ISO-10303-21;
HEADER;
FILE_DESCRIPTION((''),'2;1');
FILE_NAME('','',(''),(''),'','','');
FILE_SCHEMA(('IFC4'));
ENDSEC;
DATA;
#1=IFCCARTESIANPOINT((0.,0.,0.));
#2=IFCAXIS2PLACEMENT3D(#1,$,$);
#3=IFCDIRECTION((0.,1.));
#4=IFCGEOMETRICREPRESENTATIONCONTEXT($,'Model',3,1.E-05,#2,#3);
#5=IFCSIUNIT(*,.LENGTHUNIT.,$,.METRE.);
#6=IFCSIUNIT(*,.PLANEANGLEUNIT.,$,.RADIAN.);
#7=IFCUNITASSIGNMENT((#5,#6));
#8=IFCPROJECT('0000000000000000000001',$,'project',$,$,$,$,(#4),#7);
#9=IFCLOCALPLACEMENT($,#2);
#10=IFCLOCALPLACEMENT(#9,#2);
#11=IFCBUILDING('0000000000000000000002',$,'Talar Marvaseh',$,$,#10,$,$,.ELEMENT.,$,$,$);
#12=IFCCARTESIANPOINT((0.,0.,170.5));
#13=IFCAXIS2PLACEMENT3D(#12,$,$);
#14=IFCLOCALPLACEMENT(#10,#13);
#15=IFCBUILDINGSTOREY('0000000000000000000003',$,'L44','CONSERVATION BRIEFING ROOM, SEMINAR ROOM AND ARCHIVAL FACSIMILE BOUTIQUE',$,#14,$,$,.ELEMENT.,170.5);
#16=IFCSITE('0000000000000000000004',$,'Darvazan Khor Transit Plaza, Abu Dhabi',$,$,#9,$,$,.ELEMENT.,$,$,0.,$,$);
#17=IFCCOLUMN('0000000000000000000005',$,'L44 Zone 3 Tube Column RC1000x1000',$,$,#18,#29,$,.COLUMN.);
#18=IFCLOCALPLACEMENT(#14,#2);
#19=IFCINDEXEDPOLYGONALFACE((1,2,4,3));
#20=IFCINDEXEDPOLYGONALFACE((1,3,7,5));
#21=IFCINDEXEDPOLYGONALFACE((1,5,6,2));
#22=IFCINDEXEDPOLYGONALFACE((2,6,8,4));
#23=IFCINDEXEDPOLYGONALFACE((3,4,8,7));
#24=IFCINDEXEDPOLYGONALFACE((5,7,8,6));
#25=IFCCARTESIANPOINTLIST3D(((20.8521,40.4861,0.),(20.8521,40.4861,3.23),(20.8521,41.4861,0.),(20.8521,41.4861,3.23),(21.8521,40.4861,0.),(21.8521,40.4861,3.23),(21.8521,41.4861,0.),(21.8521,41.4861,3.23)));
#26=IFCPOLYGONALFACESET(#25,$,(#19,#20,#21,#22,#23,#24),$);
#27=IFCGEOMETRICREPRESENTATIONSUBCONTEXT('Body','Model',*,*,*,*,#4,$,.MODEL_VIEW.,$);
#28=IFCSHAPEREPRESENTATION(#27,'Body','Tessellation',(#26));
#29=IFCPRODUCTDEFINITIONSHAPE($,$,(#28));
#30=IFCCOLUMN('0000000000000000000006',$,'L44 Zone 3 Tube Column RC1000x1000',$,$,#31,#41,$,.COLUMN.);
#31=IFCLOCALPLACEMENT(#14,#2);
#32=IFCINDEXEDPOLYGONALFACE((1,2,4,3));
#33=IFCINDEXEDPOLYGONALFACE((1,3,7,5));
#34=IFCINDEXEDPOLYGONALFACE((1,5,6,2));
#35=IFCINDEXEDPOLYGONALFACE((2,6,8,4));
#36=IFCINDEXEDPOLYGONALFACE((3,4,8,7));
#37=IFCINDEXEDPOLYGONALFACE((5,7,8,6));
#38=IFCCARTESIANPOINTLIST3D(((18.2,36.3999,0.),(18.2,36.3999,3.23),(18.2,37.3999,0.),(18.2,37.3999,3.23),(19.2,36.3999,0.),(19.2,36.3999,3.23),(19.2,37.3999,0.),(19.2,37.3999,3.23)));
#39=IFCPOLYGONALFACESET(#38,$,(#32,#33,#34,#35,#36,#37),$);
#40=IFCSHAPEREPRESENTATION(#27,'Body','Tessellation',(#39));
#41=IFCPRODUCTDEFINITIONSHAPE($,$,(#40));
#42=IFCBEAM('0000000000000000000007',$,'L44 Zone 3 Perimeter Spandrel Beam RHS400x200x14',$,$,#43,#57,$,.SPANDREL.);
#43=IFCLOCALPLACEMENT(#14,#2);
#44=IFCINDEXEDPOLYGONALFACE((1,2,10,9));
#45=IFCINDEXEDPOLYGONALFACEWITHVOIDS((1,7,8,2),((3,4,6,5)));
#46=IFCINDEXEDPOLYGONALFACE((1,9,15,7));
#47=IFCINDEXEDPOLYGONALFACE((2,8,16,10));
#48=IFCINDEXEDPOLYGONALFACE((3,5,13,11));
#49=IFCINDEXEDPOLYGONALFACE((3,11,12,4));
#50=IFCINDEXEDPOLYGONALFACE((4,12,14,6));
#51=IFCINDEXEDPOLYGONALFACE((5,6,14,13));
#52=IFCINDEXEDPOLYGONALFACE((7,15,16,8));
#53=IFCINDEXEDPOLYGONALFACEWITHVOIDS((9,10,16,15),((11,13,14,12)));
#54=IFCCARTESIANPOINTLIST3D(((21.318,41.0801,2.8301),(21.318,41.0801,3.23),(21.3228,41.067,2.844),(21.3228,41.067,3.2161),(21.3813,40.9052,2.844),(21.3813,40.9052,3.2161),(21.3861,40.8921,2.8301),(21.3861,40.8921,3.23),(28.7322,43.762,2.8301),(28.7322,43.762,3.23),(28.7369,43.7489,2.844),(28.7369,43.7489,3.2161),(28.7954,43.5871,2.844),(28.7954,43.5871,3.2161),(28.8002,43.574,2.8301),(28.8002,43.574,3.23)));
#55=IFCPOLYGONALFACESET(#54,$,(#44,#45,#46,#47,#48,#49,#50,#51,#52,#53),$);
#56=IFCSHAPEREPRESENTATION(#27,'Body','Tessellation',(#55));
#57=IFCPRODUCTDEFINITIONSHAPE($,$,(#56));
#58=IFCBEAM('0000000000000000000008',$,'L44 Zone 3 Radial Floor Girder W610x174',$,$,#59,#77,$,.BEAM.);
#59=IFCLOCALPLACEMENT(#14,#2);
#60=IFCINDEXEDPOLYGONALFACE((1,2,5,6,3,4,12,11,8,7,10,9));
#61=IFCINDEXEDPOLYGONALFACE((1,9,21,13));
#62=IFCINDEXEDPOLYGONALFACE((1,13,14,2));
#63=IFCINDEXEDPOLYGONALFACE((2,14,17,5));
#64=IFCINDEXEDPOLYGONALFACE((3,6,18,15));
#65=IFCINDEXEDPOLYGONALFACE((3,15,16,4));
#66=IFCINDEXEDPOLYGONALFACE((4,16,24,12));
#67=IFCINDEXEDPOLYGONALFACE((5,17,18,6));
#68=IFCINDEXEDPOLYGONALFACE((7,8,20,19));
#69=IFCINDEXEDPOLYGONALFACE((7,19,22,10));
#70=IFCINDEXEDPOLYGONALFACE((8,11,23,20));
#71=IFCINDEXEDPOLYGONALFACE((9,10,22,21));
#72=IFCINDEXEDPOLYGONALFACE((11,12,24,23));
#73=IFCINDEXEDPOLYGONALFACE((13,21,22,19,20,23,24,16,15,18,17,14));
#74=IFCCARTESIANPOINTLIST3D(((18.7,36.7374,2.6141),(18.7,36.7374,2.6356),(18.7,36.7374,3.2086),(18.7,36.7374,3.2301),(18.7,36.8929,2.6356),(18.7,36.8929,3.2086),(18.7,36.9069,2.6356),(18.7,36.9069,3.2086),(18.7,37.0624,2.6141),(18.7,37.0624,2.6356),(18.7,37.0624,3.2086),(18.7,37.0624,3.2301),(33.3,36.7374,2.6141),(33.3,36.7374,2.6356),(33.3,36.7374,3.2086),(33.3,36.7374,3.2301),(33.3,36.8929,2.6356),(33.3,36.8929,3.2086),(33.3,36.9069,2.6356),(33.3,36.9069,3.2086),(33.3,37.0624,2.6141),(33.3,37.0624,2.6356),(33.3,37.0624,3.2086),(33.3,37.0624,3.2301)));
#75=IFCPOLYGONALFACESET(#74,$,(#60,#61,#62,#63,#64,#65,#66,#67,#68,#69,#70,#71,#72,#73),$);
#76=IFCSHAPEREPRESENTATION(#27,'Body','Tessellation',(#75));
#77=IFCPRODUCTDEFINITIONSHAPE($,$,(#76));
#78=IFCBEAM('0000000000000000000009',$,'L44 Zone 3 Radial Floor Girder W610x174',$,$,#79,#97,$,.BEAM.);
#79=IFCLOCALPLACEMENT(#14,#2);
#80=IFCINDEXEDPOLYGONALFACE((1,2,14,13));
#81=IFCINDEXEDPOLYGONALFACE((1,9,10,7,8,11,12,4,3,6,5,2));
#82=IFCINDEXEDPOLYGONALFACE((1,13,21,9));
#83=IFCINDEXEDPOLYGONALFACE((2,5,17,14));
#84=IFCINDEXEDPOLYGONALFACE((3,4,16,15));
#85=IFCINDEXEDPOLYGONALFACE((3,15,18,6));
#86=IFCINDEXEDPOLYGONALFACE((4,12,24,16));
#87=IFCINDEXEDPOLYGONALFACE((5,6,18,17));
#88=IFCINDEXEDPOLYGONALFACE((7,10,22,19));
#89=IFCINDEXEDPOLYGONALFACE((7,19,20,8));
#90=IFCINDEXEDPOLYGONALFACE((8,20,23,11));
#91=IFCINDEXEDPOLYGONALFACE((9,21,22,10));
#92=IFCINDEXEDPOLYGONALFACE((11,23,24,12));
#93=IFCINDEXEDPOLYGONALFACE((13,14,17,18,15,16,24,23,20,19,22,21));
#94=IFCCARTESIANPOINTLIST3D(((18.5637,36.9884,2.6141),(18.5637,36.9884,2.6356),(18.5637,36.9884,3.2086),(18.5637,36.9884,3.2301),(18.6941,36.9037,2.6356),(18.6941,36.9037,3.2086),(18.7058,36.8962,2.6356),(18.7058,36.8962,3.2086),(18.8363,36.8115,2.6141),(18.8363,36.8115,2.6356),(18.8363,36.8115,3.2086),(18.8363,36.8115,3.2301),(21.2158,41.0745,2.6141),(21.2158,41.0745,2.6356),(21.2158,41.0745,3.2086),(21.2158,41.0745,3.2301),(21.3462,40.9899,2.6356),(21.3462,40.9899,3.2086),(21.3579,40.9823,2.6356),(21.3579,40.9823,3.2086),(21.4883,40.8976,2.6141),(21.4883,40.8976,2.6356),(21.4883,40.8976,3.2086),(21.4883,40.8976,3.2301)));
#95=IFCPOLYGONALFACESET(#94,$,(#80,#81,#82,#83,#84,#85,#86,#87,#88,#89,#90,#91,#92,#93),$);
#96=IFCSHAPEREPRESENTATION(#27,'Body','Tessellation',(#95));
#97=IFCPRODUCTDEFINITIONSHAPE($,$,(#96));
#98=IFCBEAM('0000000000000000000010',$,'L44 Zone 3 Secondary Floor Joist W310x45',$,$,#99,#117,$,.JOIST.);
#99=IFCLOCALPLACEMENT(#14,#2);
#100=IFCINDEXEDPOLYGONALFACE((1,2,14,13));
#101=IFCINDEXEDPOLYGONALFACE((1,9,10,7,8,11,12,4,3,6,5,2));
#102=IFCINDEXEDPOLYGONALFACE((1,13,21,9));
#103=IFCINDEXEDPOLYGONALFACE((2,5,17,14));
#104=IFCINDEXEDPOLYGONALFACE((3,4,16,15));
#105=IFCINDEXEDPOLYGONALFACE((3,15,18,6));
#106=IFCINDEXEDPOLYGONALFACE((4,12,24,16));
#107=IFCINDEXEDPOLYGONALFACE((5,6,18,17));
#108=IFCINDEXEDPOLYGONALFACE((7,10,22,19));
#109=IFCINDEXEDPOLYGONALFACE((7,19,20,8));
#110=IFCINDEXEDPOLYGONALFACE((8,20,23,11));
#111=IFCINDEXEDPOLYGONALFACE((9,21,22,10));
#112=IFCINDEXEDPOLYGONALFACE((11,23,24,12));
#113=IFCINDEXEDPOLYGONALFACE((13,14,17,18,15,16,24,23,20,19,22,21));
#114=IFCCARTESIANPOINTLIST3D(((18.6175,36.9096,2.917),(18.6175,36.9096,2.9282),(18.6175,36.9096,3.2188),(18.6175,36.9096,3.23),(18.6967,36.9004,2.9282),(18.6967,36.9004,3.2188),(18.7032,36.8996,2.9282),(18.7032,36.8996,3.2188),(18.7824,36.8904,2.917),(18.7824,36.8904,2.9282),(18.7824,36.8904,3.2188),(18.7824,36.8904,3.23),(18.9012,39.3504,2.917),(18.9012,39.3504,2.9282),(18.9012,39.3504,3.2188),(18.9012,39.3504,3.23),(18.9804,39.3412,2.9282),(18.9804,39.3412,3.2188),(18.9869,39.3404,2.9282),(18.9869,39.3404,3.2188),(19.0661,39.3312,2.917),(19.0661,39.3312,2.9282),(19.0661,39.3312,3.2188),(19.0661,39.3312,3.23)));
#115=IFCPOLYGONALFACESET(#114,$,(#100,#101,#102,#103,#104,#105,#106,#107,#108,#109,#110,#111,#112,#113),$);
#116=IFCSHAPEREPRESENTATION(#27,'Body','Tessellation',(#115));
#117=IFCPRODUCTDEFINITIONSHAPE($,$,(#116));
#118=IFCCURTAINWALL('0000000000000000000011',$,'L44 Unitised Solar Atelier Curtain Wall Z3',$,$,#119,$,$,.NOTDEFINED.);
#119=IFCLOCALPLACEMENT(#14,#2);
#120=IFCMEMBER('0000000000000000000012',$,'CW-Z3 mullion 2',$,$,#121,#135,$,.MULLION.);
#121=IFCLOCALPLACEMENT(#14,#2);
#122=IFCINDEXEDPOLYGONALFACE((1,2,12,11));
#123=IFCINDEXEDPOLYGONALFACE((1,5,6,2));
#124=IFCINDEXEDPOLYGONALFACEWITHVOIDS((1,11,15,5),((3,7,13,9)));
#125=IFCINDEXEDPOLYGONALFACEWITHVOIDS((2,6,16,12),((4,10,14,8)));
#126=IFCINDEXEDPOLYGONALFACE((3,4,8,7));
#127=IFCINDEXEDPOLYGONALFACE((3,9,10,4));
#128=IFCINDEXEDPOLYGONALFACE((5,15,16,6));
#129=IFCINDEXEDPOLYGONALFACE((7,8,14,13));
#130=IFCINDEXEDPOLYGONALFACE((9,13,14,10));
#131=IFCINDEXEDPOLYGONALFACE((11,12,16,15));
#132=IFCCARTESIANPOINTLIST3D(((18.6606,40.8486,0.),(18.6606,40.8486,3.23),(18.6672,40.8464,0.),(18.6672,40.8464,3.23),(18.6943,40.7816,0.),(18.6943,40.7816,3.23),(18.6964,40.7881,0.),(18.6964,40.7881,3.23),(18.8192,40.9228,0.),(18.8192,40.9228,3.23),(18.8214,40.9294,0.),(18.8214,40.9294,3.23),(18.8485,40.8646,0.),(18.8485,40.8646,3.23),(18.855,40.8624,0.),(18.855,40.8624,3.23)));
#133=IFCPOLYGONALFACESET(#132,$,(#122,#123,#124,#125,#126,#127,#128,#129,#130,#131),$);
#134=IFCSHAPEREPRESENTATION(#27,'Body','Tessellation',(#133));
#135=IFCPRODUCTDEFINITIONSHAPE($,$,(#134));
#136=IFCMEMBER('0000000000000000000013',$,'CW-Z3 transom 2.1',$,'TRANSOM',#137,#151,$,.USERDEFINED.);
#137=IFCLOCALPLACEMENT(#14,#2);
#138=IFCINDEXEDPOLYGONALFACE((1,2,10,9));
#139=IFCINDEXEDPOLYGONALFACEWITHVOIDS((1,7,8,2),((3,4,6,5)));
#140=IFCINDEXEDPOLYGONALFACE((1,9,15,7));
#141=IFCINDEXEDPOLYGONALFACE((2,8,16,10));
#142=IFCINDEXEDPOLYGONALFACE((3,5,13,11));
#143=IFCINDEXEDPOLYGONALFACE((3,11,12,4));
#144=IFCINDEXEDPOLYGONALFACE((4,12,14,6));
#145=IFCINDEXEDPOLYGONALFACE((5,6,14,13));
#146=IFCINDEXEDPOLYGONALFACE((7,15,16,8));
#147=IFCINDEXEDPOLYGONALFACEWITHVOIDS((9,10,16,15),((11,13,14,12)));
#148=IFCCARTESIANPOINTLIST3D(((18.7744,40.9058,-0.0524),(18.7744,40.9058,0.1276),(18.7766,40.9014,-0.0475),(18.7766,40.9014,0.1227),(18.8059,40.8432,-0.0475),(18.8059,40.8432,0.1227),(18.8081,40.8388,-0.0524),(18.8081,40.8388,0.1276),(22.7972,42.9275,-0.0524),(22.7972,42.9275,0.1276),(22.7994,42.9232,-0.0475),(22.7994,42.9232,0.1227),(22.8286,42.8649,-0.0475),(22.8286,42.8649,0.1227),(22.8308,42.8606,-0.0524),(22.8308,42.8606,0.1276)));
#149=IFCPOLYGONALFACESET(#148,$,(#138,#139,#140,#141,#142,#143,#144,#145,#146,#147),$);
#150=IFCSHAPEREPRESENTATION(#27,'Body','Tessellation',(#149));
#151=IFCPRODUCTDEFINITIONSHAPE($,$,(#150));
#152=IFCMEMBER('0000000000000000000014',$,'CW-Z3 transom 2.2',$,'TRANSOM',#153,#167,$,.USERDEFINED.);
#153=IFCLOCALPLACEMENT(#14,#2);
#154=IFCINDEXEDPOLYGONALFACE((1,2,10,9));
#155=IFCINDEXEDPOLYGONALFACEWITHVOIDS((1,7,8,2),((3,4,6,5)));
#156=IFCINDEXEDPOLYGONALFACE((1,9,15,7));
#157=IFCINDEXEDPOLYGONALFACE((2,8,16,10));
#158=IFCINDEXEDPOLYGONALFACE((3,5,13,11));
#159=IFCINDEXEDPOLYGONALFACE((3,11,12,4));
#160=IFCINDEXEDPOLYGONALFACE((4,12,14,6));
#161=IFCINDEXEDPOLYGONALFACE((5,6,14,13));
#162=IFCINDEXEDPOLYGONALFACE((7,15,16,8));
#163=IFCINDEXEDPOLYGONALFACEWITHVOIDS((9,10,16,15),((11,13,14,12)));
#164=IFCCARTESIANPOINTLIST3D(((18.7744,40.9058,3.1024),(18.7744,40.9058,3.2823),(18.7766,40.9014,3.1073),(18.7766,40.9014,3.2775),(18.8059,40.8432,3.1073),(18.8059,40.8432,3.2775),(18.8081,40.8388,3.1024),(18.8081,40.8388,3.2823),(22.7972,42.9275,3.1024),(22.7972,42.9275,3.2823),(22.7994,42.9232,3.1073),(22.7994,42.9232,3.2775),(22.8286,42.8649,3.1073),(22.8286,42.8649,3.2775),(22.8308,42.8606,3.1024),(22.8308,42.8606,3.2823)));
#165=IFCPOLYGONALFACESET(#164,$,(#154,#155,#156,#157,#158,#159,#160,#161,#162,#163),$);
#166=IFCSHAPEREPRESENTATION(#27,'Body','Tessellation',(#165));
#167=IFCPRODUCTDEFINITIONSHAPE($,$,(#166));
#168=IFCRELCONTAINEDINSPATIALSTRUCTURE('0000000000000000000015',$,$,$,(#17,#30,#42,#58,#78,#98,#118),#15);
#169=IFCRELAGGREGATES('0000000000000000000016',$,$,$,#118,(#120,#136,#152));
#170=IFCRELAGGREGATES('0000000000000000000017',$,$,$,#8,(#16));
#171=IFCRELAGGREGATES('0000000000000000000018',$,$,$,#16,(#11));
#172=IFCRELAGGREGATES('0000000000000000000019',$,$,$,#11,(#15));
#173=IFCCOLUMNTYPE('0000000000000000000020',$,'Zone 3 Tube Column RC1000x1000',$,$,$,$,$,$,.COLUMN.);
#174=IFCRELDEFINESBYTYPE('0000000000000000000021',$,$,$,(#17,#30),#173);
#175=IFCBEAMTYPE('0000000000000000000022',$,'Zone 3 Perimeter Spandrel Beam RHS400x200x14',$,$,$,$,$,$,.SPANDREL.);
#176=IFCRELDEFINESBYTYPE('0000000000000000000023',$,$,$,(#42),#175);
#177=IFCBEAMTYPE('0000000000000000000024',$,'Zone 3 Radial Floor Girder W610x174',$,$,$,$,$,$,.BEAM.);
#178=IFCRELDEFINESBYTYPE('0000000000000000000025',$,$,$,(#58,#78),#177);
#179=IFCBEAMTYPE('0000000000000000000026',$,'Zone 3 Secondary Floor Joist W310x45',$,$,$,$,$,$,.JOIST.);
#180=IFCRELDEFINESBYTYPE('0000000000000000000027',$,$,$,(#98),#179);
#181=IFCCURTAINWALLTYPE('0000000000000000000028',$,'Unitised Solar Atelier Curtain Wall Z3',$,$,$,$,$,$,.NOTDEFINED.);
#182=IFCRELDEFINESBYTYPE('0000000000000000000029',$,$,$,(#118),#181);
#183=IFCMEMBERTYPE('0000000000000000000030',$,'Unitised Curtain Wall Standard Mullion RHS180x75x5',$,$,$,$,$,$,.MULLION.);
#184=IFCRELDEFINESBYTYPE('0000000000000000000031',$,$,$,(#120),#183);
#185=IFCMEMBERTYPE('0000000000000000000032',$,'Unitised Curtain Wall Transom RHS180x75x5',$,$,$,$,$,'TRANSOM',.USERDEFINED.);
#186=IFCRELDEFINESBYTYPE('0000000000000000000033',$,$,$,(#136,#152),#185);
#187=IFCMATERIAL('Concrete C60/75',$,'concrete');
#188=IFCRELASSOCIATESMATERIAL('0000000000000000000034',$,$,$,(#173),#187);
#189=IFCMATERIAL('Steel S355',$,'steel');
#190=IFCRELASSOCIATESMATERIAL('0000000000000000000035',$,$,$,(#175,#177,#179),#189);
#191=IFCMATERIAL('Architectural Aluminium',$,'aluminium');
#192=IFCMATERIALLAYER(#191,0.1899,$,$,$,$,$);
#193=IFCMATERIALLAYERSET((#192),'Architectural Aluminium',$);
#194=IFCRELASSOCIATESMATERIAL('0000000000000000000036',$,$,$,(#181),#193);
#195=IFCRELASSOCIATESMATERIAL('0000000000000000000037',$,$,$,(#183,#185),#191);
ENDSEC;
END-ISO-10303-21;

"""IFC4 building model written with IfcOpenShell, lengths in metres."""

from ifc_helpers import new_model, si_unit, direction, frame, origin, origin_2d, place, context, subcontext, project, spatial, rectangle, hollow_rectangle, i_section, extrude, source, transform, mapped, material, layer, layer_set, material_profile, profile_set, type_object, type_shapes, element, aggregate, save


model = new_model("IFC4")

# Units and contexts
model_context = context("Model", 3, precision=1e-05, world=origin(), true_north=direction((0.0, 1.0)))
body_context = subcontext(model_context, "Body", "Model", "MODEL_VIEW")
ifc_project = project(units=[si_unit("LENGTHUNIT", "METRE"), si_unit("PLANEANGLEUNIT", "RADIAN")], contexts=[model_context])

# Site, building, storey
site_placement = place(None, origin())
site = spatial("IfcSite", under=ifc_project, at=site_placement, Name="Darvazan Khor Transit Plaza, Abu Dhabi", CompositionType="ELEMENT", RefElevation=0.0)
building_placement = place(site_placement, origin())
building = spatial("IfcBuilding", under=site, at=building_placement, Name="Talar Marvaseh", CompositionType="ELEMENT")
storey_placement = place(building_placement, frame((0.0, 0.0, 170.5)))
storey = spatial("IfcBuildingStorey", under=building, at=storey_placement, Name="L44", Description="CONSERVATION BRIEFING ROOM, SEMINAR ROOM AND ARCHIVAL FACSIMILE BOUTIQUE", CompositionType="ELEMENT", Elevation=170.5)

# Columns
ifc_material_1 = material(Name="Concrete C60/75", Category="concrete")
ifc_material_profile_1 = material_profile(ifc_material_1, rectangle(XDim=1.0, YDim=1.0, at=origin_2d()), Name="RC1000x1000")
ifc_profile_set_1 = profile_set([ifc_material_profile_1], Name="Concrete C60/75")
column_type = type_object("IfcColumnType", Name="Zone 3 Tube Column RC1000x1000", PredefinedType="COLUMN", material=ifc_profile_set_1)
for number, where, z_axis, x_axis, name in (
    (1, (21.3521, 40.9861, 0.0), (0.0, 0.0, 1.0), (1.0, 0.0, 0.0), "L44 Zone 3 Tube Column RC1000x1000"),
    (2, (18.7, 36.8999, 0.0), (0.0, 0.0, 1.0), (1.0, 0.0, 0.0), "L44 Zone 3 Tube Column RC1000x1000"),
):
    element("IfcColumn", number, at=place(storey_placement, frame(where, z_axis=z_axis, x_axis=x_axis)), inside=storey, type_object=column_type, Name=name, PredefinedType="COLUMN", context=body_context, shape_type="SweptSolid", body=[
        extrude(rectangle(XDim=1.0, YDim=1.0, at=origin_2d()), origin(), (0.0, 0.0, 1.0), 3.23),
    ])

# Beams
ifc_material_2 = material(Name="Steel S355", Category="steel")
ifc_material_profile_2 = material_profile(ifc_material_2, hollow_rectangle(XDim=0.2, YDim=0.3999, WallThickness=0.0139, at=origin_2d()), Name="RHS400x200x14")
ifc_profile_set_2 = profile_set([ifc_material_profile_2], Name="Steel S355")
beam_type_1 = type_object("IfcBeamType", Name="Zone 3 Perimeter Spandrel Beam RHS400x200x14", PredefinedType="SPANDREL", material=ifc_profile_set_2)
beam_1_placement = place(storey_placement, frame((21.3521, 40.9861, 3.03), z_axis=(0.940368, 0.340159, 0.0), x_axis=(-0.340159, 0.940368, 0.0)))
element("IfcBeam", 3, at=beam_1_placement, inside=storey, type_object=beam_type_1, Name="L44 Zone 3 Perimeter Spandrel Beam RHS400x200x14", PredefinedType="SPANDREL", context=body_context, shape_type="SweptSolid", body=[
    extrude(hollow_rectangle(XDim=0.2, YDim=0.3999, WallThickness=0.0139, at=origin_2d()), origin(), (0.0, 0.0, 1.0), 7.8843),
])
ifc_material_profile_3 = material_profile(ifc_material_2, i_section(OverallWidth=0.325, OverallDepth=0.616, WebThickness=0.0139, FlangeThickness=0.0215, at=origin_2d()), Name="W610x174")
ifc_profile_set_3 = profile_set([ifc_material_profile_3], Name="Steel S355")
beam_type_2 = type_object("IfcBeamType", Name="Zone 3 Radial Floor Girder W610x174", PredefinedType="BEAM", material=ifc_profile_set_3)
beam_2_placement = place(storey_placement, frame((18.7, 36.8999, 2.9221), z_axis=(1.0, 0.0, 0.0), x_axis=(0.0, 1.0, 0.0)))
element("IfcBeam", 4, at=beam_2_placement, inside=storey, type_object=beam_type_2, Name="L44 Zone 3 Radial Floor Girder W610x174", PredefinedType="BEAM", context=body_context, shape_type="SweptSolid", body=[
    extrude(i_section(OverallWidth=0.325, OverallDepth=0.616, WebThickness=0.0139, FlangeThickness=0.0215, at=origin_2d()), origin(), (0.0, 0.0, 1.0), 14.6001),
])
beam_3_placement = place(storey_placement, frame((21.3521, 40.9861, 2.9221), z_axis=(-0.544423, -0.838811, 0.0), x_axis=(0.838811, -0.544423, 0.0)))
element("IfcBeam", 5, at=beam_3_placement, inside=storey, type_object=beam_type_2, Name="L44 Zone 3 Radial Floor Girder W610x174", PredefinedType="BEAM", context=body_context, shape_type="SweptSolid", body=[
    extrude(i_section(OverallWidth=0.325, OverallDepth=0.616, WebThickness=0.0139, FlangeThickness=0.0215, at=origin_2d()), origin(), (0.0, 0.0, 1.0), 4.8713),
])
ifc_material_profile_4 = material_profile(ifc_material_2, i_section(OverallWidth=0.166, OverallDepth=0.313, WebThickness=0.0066, FlangeThickness=0.0112, at=origin_2d()), Name="W310x45")
ifc_profile_set_4 = profile_set([ifc_material_profile_4], Name="Steel S355")
beam_type_3 = type_object("IfcBeamType", Name="Zone 3 Secondary Floor Joist W310x45", PredefinedType="JOIST", material=ifc_profile_set_4)
beam_4_placement = place(storey_placement, frame((18.9836, 39.3408, 3.0735), z_axis=(-0.115446, -0.993314, 0.0), x_axis=(0.993314, -0.115446, 0.0)))
element("IfcBeam", 6, at=beam_4_placement, inside=storey, type_object=beam_type_3, Name="L44 Zone 3 Secondary Floor Joist W310x45", PredefinedType="JOIST", context=body_context, shape_type="SweptSolid", body=[
    extrude(i_section(OverallWidth=0.166, OverallDepth=0.313, WebThickness=0.0066, FlangeThickness=0.0112, at=origin_2d()), origin(), (0.0, 0.0, 1.0), 2.4573),
])

# Curtain wall, members
ifc_material_3 = material(Name="Architectural Aluminium", Category="aluminium")
ifc_layer_1 = layer(ifc_material_3, 0.1899)
ifc_layer_set_1 = layer_set([ifc_layer_1], Name="Architectural Aluminium")
curtain_wall_type = type_object("IfcCurtainWallType", Name="Unitised Solar Atelier Curtain Wall Z3", PredefinedType="NOTDEFINED", material=ifc_layer_set_1)
curtain_wall_placement = place(storey_placement, origin())
curtain_wall = element("IfcCurtainWall", 7, at=curtain_wall_placement, inside=storey, type_object=curtain_wall_type, Name="L44 Unitised Solar Atelier Curtain Wall Z3", PredefinedType="NOTDEFINED")
ifc_material_profile_5 = material_profile(ifc_material_3, hollow_rectangle(XDim=0.075, YDim=0.1799, WallThickness=0.0049, at=origin_2d()), Name="RHS180x75x5")
ifc_profile_set_5 = profile_set([ifc_material_profile_5], Name="Architectural Aluminium")
member_type_1 = type_object("IfcMemberType", Name="Unitised Curtain Wall Standard Mullion RHS180x75x5", PredefinedType="MULLION", material=ifc_profile_set_5)
shared_shape_1 = source(origin(), body_context, "Body", "SweptSolid", [
    extrude(hollow_rectangle(XDim=0.075, YDim=0.1799, WallThickness=0.0049, at=origin_2d()), origin(), (0.0, 0.0, 1.0), 3.23),
])
type_shapes(member_type_1, [shared_shape_1])
member_1_placement = place(storey_placement, frame((18.7578, 40.8555, 0.0), z_axis=(0.0, 0.0, 1.0), x_axis=(-0.449042, 0.893511, 0.0)))
member_1 = element("IfcMember", 8, at=member_1_placement, type_object=member_type_1, Name="CW-Z3 mullion 2", PredefinedType="MULLION", context=body_context, shape_type="MappedRepresentation", body=[
    mapped(shared_shape_1, transform((0.0, 0.0, 0.0), x_axis=(1.0, 0.0, 0.0), y_axis=(0.0, 1.0, 0.0), z_axis=(0.0, 0.0, 1.0), scale=1.0)),
])
ifc_material_profile_6 = material_profile(ifc_material_3, hollow_rectangle(XDim=0.075, YDim=0.1799, WallThickness=0.0049, at=origin_2d()), Name="RHS180x75x5")
ifc_profile_set_6 = profile_set([ifc_material_profile_6], Name="Architectural Aluminium")
member_type_2 = type_object("IfcMemberType", Name="Unitised Curtain Wall Transom RHS180x75x5", ElementType="TRANSOM", PredefinedType="USERDEFINED", material=ifc_profile_set_6)
shared_shape_2 = source(origin(), body_context, "Body", "SweptSolid", [
    extrude(hollow_rectangle(XDim=0.075, YDim=0.1799, WallThickness=0.0049, at=origin_2d()), origin(), (0.0, 0.0, 1.0), 4.5022),
])
type_shapes(member_type_2, [shared_shape_2])
member_2_placement = place(storey_placement, frame((18.7913, 40.8723, 0.0376), z_axis=(0.893503, 0.449056, 0.0), x_axis=(-0.449056, 0.893503, 0.0)))
member_2 = element("IfcMember", 9, at=member_2_placement, type_object=member_type_2, Name="CW-Z3 transom 2.1", ObjectType="TRANSOM", PredefinedType="USERDEFINED", context=body_context, shape_type="MappedRepresentation", body=[
    mapped(shared_shape_2, transform((0.0, 0.0, 0.0), x_axis=(1.0, 0.0, 0.0), y_axis=(0.0, 1.0, 0.0), z_axis=(0.0, 0.0, 1.0), scale=1.0)),
])
member_3_placement = place(storey_placement, frame((18.7913, 40.8723, 3.1924), z_axis=(0.893503, 0.449056, 0.0), x_axis=(-0.449056, 0.893503, 0.0)))
member_3 = element("IfcMember", 10, at=member_3_placement, type_object=member_type_2, Name="CW-Z3 transom 2.2", ObjectType="TRANSOM", PredefinedType="USERDEFINED", context=body_context, shape_type="MappedRepresentation", body=[
    mapped(shared_shape_2, transform((0.0, 0.0, 0.0), x_axis=(1.0, 0.0, 0.0), y_axis=(0.0, 1.0, 0.0), z_axis=(0.0, 0.0, 1.0), scale=1.0)),
])
aggregate(curtain_wall, [member_1, member_2, member_3])

save(model, "model.ifc")
